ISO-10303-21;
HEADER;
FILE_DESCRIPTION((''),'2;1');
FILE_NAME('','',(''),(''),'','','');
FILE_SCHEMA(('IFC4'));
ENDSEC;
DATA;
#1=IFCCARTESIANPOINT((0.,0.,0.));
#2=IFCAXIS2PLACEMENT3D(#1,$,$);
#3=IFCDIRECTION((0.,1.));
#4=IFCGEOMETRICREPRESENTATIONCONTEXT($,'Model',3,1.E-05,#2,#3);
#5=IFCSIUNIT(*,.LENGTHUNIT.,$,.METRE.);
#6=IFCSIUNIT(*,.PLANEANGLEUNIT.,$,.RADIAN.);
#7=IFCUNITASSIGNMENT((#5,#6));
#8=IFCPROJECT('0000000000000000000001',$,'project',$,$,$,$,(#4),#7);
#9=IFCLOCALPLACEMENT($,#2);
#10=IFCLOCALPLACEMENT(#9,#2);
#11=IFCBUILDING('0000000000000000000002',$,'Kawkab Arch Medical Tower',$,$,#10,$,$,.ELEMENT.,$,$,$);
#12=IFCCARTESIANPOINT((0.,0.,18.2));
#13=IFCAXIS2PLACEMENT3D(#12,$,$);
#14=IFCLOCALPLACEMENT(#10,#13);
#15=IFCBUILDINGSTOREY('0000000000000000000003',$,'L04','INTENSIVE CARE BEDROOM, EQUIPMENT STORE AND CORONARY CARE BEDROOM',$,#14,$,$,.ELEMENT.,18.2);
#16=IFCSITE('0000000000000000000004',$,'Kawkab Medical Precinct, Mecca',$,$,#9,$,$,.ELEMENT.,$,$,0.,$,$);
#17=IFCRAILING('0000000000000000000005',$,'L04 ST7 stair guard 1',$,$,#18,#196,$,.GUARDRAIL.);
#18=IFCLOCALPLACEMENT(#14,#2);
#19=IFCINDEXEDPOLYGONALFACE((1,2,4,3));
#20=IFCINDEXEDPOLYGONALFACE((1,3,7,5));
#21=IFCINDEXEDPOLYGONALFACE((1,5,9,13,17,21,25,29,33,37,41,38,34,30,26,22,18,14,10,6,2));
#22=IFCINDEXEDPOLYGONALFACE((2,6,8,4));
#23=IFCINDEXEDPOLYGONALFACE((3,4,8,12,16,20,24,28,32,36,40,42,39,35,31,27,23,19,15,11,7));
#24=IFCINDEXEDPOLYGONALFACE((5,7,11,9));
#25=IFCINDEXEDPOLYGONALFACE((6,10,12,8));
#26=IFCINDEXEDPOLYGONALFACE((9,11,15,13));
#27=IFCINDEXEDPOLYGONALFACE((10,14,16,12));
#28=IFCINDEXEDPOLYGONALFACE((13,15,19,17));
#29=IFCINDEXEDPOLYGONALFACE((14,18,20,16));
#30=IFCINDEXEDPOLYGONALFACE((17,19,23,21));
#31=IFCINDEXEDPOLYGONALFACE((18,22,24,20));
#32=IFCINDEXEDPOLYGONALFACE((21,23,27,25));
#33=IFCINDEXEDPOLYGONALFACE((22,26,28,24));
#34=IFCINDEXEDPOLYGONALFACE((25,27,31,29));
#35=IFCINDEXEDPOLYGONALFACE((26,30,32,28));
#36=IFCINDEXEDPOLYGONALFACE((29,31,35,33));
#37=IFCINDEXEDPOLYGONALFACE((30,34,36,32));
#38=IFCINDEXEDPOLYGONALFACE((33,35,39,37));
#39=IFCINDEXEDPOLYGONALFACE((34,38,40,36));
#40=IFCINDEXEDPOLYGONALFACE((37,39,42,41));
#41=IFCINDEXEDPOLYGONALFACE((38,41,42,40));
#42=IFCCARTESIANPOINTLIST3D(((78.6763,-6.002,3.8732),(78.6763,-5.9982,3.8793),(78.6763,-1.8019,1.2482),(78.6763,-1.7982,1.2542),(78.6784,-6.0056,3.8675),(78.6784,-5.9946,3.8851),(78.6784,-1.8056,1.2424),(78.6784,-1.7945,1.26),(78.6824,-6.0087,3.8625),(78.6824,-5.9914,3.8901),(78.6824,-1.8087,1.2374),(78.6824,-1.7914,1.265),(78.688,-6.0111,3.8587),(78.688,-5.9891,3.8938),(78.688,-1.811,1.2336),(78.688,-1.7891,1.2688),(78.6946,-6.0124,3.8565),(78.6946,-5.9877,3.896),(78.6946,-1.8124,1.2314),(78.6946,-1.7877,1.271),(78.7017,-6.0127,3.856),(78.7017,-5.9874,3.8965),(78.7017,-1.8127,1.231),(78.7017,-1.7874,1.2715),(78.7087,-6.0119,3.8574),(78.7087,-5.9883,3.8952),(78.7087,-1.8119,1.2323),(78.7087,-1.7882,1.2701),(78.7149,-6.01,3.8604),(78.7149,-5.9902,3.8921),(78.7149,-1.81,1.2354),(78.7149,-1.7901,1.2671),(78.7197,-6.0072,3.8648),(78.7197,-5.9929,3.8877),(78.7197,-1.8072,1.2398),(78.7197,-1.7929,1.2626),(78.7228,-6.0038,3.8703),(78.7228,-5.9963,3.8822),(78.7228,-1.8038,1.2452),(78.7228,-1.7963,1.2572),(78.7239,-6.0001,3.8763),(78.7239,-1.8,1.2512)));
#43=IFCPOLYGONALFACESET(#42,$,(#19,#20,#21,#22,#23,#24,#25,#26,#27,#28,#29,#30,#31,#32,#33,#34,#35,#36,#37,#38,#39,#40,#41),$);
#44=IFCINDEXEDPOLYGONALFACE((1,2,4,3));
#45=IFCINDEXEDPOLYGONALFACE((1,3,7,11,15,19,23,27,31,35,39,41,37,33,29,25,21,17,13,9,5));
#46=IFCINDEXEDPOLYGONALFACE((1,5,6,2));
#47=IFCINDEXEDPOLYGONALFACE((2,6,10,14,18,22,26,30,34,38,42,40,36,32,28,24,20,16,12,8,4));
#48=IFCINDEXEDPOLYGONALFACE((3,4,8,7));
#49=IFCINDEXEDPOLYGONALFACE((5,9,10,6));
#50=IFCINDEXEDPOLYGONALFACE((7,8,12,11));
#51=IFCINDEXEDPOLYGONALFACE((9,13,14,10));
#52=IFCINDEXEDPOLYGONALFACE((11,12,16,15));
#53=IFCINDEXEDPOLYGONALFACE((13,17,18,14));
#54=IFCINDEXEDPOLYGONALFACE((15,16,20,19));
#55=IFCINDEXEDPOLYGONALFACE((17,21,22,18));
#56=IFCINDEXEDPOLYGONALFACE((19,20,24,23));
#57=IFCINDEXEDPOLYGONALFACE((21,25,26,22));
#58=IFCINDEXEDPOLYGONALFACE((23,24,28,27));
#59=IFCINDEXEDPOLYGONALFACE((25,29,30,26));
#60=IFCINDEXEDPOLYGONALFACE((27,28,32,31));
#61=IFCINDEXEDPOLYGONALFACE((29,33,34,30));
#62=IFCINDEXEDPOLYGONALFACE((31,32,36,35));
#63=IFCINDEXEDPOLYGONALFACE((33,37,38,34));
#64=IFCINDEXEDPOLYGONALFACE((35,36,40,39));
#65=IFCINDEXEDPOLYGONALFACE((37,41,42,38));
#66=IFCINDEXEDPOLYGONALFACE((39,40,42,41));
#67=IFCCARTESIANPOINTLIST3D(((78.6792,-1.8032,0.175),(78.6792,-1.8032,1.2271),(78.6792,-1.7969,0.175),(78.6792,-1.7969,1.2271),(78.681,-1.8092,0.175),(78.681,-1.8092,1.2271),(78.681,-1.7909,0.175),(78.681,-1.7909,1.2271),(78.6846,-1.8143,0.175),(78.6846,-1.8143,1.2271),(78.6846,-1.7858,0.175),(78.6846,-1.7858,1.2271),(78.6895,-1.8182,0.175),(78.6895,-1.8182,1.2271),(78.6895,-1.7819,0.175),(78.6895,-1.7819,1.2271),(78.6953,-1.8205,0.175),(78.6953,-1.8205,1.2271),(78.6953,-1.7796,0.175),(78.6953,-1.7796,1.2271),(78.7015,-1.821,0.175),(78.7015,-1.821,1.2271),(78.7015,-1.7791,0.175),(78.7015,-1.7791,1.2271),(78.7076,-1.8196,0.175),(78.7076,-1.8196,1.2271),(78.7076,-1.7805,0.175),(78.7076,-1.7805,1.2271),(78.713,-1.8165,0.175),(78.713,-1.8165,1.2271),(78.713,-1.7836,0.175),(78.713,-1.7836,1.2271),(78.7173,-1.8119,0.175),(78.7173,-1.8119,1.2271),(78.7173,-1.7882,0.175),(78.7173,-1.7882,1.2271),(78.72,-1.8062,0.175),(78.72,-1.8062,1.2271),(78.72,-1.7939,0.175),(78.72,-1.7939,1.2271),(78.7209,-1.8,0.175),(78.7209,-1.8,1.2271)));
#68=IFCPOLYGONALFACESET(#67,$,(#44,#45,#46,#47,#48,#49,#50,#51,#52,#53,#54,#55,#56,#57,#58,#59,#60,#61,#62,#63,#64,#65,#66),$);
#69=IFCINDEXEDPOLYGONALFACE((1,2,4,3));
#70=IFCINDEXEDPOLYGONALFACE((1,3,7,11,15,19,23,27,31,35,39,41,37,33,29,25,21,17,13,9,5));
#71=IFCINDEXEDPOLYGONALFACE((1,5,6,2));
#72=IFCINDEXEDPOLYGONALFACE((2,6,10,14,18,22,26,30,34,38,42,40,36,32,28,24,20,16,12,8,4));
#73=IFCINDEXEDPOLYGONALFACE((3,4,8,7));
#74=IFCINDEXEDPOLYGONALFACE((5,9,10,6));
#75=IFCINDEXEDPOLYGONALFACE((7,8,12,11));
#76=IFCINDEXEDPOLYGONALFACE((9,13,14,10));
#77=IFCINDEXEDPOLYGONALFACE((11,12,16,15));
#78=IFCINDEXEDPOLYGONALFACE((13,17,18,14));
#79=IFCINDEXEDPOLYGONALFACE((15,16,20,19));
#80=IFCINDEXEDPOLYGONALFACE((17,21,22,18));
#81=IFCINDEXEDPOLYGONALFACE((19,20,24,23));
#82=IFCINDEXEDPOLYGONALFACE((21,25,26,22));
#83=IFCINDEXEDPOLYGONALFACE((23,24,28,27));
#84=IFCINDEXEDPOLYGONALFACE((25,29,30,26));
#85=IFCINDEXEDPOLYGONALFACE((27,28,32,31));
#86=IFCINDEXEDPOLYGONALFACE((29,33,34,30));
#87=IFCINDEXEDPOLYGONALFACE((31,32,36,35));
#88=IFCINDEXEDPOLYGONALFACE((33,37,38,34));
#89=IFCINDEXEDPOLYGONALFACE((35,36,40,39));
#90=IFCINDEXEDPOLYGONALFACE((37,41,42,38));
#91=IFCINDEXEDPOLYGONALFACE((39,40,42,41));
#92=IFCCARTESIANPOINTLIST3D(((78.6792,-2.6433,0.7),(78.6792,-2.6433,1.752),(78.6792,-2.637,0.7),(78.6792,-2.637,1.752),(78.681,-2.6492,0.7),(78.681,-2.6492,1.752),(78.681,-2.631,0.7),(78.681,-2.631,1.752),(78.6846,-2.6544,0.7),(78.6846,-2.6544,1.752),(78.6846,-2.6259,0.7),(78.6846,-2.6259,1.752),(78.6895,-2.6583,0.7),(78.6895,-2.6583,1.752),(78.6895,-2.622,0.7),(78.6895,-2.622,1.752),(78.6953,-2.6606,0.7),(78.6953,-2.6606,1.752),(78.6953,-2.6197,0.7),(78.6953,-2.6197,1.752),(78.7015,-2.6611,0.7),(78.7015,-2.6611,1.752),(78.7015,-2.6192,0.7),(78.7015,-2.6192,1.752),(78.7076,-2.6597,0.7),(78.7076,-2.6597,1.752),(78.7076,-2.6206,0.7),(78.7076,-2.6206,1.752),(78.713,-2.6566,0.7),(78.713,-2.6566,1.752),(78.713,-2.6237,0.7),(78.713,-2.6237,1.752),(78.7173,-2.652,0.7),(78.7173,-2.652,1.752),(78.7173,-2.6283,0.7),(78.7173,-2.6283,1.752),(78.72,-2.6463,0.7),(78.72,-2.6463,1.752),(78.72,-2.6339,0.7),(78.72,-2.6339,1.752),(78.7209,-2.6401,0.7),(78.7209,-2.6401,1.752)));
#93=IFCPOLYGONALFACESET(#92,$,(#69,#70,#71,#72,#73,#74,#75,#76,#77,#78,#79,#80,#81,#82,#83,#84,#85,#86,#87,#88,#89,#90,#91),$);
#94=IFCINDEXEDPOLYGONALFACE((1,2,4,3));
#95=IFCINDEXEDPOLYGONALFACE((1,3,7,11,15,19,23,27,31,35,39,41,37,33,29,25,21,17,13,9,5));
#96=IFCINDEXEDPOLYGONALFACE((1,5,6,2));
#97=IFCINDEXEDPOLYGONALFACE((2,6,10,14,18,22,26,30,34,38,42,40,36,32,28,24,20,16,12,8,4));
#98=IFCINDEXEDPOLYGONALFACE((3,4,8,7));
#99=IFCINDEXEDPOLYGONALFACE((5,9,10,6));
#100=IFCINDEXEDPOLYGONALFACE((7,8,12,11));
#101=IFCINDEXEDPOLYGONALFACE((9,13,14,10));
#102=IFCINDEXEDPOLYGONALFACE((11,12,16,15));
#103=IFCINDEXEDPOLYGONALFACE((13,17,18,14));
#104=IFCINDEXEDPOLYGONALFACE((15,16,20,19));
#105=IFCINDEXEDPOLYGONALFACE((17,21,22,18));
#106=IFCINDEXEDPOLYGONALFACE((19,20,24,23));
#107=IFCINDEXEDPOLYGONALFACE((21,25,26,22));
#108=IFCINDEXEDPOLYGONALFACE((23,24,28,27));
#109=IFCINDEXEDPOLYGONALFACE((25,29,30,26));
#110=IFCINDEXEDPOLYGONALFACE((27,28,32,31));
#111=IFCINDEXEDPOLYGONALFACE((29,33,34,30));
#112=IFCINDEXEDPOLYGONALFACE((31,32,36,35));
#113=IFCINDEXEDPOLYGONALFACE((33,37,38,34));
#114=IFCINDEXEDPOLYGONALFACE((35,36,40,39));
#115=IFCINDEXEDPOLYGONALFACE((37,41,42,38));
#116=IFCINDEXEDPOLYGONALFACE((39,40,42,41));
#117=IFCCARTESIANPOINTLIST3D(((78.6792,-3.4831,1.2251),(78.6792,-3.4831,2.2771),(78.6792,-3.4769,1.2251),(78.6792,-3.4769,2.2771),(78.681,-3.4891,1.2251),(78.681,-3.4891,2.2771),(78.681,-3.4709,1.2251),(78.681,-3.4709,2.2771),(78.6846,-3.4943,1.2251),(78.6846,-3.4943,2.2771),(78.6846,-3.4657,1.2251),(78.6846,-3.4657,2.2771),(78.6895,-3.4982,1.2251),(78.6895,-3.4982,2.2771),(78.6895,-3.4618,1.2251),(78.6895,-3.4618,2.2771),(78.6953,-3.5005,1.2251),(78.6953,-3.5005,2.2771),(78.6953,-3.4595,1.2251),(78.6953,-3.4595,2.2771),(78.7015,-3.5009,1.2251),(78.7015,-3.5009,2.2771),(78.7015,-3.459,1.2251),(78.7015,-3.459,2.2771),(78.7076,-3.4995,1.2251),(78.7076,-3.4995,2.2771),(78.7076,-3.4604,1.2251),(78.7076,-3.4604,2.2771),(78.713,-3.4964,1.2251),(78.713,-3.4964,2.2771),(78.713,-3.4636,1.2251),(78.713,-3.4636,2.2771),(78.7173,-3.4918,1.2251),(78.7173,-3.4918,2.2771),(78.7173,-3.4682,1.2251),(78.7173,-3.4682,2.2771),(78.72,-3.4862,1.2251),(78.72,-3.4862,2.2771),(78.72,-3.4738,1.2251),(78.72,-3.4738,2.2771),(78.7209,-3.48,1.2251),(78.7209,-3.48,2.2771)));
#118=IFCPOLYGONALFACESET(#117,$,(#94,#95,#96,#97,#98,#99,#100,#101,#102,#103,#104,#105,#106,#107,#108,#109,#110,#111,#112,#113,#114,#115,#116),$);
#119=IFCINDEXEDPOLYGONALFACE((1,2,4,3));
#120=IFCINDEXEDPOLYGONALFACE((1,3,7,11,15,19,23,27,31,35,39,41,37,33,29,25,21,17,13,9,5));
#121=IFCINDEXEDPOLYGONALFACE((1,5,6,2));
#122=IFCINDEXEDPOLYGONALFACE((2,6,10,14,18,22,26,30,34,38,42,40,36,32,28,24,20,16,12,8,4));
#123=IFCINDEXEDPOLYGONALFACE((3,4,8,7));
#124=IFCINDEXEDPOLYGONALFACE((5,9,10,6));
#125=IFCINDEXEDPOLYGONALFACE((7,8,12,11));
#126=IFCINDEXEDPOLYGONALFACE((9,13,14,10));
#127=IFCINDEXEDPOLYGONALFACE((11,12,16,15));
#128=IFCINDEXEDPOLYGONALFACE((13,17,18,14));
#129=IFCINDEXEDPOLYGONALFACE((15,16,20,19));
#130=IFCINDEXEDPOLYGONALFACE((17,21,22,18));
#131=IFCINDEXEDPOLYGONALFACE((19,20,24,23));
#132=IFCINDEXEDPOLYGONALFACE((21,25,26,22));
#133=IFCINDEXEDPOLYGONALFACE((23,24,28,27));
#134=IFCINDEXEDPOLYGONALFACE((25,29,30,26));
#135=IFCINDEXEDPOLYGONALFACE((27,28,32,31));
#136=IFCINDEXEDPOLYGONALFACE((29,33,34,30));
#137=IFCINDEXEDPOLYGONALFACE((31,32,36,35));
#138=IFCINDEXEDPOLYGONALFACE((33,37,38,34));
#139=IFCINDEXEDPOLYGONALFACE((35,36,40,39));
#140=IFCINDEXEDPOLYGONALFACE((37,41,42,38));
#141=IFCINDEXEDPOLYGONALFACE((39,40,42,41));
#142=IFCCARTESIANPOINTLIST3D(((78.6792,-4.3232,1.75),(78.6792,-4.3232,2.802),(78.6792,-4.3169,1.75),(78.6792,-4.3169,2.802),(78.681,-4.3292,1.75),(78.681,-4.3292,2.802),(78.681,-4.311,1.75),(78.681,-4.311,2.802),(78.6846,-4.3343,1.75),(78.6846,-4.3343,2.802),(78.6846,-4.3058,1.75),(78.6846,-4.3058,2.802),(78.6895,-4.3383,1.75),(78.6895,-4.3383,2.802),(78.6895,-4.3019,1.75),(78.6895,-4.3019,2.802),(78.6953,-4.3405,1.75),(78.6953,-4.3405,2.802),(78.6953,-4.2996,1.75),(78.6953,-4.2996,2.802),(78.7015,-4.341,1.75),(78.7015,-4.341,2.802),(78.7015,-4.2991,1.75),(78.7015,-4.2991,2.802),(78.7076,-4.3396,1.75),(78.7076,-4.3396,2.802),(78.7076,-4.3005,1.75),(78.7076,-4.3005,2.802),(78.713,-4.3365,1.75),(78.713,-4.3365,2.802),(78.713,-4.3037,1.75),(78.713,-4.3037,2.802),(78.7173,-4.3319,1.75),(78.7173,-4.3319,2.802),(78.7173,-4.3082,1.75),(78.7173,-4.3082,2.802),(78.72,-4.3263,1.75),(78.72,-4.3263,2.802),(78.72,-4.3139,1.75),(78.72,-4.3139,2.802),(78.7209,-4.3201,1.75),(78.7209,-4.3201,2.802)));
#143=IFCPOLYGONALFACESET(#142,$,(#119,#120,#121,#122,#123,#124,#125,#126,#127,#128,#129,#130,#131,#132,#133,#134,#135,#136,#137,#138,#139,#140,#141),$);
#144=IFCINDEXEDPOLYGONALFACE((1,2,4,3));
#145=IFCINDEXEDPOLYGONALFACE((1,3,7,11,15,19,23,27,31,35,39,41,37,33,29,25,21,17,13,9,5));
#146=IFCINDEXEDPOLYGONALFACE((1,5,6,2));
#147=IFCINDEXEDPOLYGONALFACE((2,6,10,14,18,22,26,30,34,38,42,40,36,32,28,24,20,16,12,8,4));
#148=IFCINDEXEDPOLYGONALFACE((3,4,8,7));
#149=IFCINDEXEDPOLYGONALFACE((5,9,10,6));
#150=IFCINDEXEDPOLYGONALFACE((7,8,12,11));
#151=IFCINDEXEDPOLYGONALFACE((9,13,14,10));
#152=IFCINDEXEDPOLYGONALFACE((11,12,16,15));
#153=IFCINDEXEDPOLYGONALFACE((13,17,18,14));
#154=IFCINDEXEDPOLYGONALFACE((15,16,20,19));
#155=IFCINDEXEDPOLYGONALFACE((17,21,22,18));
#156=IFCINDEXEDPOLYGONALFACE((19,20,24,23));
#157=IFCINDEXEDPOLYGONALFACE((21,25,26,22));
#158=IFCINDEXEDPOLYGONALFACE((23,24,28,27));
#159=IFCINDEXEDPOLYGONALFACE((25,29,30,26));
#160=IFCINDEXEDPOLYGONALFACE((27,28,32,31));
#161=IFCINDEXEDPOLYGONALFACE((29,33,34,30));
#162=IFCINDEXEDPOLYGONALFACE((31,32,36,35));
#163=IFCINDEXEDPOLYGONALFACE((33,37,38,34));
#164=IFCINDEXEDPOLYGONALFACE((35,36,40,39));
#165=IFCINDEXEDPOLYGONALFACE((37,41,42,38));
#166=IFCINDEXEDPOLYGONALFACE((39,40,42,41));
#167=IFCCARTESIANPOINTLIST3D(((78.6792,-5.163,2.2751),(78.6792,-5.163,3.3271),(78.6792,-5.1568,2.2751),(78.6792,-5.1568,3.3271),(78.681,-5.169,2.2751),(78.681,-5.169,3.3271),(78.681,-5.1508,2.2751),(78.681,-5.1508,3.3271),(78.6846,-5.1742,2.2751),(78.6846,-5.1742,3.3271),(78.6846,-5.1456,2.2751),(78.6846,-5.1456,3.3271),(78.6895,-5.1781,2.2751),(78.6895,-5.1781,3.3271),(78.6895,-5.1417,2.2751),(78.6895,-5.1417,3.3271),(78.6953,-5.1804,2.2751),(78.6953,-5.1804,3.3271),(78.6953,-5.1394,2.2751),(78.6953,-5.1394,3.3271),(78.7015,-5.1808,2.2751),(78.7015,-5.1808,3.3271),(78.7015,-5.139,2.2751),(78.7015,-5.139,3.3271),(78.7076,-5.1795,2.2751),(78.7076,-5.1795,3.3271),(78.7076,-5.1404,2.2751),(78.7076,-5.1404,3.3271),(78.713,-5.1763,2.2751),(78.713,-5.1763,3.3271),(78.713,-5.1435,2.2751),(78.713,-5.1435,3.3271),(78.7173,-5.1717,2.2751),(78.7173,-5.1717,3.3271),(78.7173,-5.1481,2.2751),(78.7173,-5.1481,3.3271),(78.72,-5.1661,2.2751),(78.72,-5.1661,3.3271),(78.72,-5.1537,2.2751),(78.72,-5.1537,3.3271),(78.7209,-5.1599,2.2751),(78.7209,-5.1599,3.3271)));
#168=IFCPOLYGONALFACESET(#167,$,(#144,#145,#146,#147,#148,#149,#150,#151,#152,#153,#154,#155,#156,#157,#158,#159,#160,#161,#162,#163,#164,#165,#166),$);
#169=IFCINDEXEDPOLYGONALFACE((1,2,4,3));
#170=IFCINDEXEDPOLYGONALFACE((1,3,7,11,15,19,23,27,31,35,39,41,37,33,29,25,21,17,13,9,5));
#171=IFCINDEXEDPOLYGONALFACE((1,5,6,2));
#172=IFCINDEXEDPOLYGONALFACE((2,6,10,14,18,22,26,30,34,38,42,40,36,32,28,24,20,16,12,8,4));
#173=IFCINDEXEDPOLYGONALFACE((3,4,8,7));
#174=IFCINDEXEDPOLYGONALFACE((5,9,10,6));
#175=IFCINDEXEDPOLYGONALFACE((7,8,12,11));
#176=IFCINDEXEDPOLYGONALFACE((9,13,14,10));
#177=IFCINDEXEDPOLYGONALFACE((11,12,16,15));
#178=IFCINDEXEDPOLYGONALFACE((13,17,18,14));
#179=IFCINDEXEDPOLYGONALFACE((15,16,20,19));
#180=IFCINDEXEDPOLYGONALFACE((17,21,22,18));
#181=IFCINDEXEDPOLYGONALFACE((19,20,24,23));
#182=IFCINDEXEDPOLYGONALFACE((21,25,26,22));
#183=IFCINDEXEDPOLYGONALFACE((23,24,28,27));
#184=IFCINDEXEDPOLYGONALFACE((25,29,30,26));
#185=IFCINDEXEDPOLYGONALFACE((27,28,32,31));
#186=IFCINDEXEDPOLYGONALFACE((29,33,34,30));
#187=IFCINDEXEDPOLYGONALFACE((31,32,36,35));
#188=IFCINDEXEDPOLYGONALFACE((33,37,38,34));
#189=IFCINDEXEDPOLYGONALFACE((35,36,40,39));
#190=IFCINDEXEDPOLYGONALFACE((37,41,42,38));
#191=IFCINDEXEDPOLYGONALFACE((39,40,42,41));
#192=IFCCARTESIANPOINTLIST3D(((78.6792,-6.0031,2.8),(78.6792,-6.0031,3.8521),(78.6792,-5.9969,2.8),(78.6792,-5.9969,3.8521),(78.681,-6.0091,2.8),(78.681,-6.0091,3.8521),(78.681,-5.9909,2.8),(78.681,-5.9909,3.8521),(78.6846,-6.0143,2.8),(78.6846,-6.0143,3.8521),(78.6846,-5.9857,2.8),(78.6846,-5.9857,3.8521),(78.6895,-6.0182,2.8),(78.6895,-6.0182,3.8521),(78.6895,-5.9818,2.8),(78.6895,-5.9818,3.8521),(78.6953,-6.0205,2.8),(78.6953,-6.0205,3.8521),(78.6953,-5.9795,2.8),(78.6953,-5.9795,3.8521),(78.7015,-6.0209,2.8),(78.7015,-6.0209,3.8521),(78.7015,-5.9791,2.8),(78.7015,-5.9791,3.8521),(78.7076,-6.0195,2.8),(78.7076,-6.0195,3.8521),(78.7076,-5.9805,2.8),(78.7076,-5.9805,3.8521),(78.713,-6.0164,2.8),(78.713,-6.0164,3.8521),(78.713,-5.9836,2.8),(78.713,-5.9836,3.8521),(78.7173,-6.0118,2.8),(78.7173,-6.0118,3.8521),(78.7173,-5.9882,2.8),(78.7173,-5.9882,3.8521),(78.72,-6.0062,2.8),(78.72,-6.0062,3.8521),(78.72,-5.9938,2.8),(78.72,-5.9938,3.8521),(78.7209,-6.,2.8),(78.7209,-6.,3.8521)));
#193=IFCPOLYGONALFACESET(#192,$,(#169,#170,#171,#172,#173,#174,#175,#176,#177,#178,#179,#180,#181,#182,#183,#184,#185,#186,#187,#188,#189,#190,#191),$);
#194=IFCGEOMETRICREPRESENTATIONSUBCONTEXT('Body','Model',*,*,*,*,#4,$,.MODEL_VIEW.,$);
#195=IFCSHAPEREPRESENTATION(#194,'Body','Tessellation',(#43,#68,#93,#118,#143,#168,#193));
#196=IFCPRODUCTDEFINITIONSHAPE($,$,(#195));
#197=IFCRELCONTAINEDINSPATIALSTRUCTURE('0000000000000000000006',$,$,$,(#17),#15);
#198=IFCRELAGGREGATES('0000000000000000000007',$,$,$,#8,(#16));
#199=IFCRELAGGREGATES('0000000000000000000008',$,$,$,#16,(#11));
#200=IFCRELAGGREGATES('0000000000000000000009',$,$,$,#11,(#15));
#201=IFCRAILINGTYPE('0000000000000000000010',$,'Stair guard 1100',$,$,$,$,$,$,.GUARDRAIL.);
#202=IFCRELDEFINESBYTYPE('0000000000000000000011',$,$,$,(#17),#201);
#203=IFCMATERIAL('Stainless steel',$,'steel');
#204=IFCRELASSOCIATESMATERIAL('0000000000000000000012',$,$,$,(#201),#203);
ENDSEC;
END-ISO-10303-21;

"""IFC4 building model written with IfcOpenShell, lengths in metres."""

from ifc_helpers import new_model, si_unit, direction, frame, origin, origin_2d, place, context, subcontext, project, spatial, circle, extrude, material, type_object, element, save


model = new_model("IFC4")

# Units and contexts
model_context = context("Model", 3, precision=1e-05, world=origin(), true_north=direction((0.0, 1.0)))
body_context = subcontext(model_context, "Body", "Model", "MODEL_VIEW")
ifc_project = project(units=[si_unit("LENGTHUNIT", "METRE"), si_unit("PLANEANGLEUNIT", "RADIAN")], contexts=[model_context])

# Site, building, storey
site_placement = place(None, origin())
site = spatial("IfcSite", under=ifc_project, at=site_placement, Name="Kawkab Medical Precinct, Mecca", CompositionType="ELEMENT", RefElevation=0.0)
building_placement = place(site_placement, origin())
building = spatial("IfcBuilding", under=site, at=building_placement, Name="Kawkab Arch Medical Tower", CompositionType="ELEMENT")
storey_placement = place(building_placement, frame((0.0, 0.0, 18.2)))
storey = spatial("IfcBuildingStorey", under=building, at=storey_placement, Name="L04", Description="INTENSIVE CARE BEDROOM, EQUIPMENT STORE AND CORONARY CARE BEDROOM", CompositionType="ELEMENT", Elevation=18.2)

# Railing
ifc_material_1 = material(Name="Stainless steel", Category="steel")
railing_type = type_object("IfcRailingType", Name="Stair guard 1100", PredefinedType="GUARDRAIL", material=ifc_material_1)
railing_1_placement = place(storey_placement, frame((78.7, -1.8, 0.175)))
element("IfcRailing", 1, at=railing_1_placement, inside=storey, type_object=railing_type, Name="L04 ST7 stair guard 1", PredefinedType="GUARDRAIL", context=body_context, shape_type="SweptSolid", body=[
    extrude(circle(Radius=0.0239, at=origin_2d()), frame((0.0, 0.0, 1.0762), z_axis=(0.0, -0.847996, 0.530003), x_axis=(1.0, 0.0, 0.0)), (0.0, 0.0, 1.0), 4.9529),
    extrude(circle(Radius=0.021, at=origin_2d()), origin(), (0.0, 0.0, 1.0), 1.052),
    extrude(circle(Radius=0.021, at=origin_2d()), frame((0.0, -0.8401, 0.5249)), (0.0, 0.0, 1.0), 1.052),
    extrude(circle(Radius=0.021, at=origin_2d()), frame((0.0, -1.6799, 1.05)), (0.0, 0.0, 1.0), 1.052),
    extrude(circle(Radius=0.021, at=origin_2d()), frame((0.0, -2.52, 1.575)), (0.0, 0.0, 1.0), 1.052),
    extrude(circle(Radius=0.021, at=origin_2d()), frame((0.0, -3.3599, 2.1001)), (0.0, 0.0, 1.0), 1.052),
    extrude(circle(Radius=0.021, at=origin_2d()), frame((0.0, -4.2, 2.625)), (0.0, 0.0, 1.0), 1.052),
])

save(model, "model.ifc")
